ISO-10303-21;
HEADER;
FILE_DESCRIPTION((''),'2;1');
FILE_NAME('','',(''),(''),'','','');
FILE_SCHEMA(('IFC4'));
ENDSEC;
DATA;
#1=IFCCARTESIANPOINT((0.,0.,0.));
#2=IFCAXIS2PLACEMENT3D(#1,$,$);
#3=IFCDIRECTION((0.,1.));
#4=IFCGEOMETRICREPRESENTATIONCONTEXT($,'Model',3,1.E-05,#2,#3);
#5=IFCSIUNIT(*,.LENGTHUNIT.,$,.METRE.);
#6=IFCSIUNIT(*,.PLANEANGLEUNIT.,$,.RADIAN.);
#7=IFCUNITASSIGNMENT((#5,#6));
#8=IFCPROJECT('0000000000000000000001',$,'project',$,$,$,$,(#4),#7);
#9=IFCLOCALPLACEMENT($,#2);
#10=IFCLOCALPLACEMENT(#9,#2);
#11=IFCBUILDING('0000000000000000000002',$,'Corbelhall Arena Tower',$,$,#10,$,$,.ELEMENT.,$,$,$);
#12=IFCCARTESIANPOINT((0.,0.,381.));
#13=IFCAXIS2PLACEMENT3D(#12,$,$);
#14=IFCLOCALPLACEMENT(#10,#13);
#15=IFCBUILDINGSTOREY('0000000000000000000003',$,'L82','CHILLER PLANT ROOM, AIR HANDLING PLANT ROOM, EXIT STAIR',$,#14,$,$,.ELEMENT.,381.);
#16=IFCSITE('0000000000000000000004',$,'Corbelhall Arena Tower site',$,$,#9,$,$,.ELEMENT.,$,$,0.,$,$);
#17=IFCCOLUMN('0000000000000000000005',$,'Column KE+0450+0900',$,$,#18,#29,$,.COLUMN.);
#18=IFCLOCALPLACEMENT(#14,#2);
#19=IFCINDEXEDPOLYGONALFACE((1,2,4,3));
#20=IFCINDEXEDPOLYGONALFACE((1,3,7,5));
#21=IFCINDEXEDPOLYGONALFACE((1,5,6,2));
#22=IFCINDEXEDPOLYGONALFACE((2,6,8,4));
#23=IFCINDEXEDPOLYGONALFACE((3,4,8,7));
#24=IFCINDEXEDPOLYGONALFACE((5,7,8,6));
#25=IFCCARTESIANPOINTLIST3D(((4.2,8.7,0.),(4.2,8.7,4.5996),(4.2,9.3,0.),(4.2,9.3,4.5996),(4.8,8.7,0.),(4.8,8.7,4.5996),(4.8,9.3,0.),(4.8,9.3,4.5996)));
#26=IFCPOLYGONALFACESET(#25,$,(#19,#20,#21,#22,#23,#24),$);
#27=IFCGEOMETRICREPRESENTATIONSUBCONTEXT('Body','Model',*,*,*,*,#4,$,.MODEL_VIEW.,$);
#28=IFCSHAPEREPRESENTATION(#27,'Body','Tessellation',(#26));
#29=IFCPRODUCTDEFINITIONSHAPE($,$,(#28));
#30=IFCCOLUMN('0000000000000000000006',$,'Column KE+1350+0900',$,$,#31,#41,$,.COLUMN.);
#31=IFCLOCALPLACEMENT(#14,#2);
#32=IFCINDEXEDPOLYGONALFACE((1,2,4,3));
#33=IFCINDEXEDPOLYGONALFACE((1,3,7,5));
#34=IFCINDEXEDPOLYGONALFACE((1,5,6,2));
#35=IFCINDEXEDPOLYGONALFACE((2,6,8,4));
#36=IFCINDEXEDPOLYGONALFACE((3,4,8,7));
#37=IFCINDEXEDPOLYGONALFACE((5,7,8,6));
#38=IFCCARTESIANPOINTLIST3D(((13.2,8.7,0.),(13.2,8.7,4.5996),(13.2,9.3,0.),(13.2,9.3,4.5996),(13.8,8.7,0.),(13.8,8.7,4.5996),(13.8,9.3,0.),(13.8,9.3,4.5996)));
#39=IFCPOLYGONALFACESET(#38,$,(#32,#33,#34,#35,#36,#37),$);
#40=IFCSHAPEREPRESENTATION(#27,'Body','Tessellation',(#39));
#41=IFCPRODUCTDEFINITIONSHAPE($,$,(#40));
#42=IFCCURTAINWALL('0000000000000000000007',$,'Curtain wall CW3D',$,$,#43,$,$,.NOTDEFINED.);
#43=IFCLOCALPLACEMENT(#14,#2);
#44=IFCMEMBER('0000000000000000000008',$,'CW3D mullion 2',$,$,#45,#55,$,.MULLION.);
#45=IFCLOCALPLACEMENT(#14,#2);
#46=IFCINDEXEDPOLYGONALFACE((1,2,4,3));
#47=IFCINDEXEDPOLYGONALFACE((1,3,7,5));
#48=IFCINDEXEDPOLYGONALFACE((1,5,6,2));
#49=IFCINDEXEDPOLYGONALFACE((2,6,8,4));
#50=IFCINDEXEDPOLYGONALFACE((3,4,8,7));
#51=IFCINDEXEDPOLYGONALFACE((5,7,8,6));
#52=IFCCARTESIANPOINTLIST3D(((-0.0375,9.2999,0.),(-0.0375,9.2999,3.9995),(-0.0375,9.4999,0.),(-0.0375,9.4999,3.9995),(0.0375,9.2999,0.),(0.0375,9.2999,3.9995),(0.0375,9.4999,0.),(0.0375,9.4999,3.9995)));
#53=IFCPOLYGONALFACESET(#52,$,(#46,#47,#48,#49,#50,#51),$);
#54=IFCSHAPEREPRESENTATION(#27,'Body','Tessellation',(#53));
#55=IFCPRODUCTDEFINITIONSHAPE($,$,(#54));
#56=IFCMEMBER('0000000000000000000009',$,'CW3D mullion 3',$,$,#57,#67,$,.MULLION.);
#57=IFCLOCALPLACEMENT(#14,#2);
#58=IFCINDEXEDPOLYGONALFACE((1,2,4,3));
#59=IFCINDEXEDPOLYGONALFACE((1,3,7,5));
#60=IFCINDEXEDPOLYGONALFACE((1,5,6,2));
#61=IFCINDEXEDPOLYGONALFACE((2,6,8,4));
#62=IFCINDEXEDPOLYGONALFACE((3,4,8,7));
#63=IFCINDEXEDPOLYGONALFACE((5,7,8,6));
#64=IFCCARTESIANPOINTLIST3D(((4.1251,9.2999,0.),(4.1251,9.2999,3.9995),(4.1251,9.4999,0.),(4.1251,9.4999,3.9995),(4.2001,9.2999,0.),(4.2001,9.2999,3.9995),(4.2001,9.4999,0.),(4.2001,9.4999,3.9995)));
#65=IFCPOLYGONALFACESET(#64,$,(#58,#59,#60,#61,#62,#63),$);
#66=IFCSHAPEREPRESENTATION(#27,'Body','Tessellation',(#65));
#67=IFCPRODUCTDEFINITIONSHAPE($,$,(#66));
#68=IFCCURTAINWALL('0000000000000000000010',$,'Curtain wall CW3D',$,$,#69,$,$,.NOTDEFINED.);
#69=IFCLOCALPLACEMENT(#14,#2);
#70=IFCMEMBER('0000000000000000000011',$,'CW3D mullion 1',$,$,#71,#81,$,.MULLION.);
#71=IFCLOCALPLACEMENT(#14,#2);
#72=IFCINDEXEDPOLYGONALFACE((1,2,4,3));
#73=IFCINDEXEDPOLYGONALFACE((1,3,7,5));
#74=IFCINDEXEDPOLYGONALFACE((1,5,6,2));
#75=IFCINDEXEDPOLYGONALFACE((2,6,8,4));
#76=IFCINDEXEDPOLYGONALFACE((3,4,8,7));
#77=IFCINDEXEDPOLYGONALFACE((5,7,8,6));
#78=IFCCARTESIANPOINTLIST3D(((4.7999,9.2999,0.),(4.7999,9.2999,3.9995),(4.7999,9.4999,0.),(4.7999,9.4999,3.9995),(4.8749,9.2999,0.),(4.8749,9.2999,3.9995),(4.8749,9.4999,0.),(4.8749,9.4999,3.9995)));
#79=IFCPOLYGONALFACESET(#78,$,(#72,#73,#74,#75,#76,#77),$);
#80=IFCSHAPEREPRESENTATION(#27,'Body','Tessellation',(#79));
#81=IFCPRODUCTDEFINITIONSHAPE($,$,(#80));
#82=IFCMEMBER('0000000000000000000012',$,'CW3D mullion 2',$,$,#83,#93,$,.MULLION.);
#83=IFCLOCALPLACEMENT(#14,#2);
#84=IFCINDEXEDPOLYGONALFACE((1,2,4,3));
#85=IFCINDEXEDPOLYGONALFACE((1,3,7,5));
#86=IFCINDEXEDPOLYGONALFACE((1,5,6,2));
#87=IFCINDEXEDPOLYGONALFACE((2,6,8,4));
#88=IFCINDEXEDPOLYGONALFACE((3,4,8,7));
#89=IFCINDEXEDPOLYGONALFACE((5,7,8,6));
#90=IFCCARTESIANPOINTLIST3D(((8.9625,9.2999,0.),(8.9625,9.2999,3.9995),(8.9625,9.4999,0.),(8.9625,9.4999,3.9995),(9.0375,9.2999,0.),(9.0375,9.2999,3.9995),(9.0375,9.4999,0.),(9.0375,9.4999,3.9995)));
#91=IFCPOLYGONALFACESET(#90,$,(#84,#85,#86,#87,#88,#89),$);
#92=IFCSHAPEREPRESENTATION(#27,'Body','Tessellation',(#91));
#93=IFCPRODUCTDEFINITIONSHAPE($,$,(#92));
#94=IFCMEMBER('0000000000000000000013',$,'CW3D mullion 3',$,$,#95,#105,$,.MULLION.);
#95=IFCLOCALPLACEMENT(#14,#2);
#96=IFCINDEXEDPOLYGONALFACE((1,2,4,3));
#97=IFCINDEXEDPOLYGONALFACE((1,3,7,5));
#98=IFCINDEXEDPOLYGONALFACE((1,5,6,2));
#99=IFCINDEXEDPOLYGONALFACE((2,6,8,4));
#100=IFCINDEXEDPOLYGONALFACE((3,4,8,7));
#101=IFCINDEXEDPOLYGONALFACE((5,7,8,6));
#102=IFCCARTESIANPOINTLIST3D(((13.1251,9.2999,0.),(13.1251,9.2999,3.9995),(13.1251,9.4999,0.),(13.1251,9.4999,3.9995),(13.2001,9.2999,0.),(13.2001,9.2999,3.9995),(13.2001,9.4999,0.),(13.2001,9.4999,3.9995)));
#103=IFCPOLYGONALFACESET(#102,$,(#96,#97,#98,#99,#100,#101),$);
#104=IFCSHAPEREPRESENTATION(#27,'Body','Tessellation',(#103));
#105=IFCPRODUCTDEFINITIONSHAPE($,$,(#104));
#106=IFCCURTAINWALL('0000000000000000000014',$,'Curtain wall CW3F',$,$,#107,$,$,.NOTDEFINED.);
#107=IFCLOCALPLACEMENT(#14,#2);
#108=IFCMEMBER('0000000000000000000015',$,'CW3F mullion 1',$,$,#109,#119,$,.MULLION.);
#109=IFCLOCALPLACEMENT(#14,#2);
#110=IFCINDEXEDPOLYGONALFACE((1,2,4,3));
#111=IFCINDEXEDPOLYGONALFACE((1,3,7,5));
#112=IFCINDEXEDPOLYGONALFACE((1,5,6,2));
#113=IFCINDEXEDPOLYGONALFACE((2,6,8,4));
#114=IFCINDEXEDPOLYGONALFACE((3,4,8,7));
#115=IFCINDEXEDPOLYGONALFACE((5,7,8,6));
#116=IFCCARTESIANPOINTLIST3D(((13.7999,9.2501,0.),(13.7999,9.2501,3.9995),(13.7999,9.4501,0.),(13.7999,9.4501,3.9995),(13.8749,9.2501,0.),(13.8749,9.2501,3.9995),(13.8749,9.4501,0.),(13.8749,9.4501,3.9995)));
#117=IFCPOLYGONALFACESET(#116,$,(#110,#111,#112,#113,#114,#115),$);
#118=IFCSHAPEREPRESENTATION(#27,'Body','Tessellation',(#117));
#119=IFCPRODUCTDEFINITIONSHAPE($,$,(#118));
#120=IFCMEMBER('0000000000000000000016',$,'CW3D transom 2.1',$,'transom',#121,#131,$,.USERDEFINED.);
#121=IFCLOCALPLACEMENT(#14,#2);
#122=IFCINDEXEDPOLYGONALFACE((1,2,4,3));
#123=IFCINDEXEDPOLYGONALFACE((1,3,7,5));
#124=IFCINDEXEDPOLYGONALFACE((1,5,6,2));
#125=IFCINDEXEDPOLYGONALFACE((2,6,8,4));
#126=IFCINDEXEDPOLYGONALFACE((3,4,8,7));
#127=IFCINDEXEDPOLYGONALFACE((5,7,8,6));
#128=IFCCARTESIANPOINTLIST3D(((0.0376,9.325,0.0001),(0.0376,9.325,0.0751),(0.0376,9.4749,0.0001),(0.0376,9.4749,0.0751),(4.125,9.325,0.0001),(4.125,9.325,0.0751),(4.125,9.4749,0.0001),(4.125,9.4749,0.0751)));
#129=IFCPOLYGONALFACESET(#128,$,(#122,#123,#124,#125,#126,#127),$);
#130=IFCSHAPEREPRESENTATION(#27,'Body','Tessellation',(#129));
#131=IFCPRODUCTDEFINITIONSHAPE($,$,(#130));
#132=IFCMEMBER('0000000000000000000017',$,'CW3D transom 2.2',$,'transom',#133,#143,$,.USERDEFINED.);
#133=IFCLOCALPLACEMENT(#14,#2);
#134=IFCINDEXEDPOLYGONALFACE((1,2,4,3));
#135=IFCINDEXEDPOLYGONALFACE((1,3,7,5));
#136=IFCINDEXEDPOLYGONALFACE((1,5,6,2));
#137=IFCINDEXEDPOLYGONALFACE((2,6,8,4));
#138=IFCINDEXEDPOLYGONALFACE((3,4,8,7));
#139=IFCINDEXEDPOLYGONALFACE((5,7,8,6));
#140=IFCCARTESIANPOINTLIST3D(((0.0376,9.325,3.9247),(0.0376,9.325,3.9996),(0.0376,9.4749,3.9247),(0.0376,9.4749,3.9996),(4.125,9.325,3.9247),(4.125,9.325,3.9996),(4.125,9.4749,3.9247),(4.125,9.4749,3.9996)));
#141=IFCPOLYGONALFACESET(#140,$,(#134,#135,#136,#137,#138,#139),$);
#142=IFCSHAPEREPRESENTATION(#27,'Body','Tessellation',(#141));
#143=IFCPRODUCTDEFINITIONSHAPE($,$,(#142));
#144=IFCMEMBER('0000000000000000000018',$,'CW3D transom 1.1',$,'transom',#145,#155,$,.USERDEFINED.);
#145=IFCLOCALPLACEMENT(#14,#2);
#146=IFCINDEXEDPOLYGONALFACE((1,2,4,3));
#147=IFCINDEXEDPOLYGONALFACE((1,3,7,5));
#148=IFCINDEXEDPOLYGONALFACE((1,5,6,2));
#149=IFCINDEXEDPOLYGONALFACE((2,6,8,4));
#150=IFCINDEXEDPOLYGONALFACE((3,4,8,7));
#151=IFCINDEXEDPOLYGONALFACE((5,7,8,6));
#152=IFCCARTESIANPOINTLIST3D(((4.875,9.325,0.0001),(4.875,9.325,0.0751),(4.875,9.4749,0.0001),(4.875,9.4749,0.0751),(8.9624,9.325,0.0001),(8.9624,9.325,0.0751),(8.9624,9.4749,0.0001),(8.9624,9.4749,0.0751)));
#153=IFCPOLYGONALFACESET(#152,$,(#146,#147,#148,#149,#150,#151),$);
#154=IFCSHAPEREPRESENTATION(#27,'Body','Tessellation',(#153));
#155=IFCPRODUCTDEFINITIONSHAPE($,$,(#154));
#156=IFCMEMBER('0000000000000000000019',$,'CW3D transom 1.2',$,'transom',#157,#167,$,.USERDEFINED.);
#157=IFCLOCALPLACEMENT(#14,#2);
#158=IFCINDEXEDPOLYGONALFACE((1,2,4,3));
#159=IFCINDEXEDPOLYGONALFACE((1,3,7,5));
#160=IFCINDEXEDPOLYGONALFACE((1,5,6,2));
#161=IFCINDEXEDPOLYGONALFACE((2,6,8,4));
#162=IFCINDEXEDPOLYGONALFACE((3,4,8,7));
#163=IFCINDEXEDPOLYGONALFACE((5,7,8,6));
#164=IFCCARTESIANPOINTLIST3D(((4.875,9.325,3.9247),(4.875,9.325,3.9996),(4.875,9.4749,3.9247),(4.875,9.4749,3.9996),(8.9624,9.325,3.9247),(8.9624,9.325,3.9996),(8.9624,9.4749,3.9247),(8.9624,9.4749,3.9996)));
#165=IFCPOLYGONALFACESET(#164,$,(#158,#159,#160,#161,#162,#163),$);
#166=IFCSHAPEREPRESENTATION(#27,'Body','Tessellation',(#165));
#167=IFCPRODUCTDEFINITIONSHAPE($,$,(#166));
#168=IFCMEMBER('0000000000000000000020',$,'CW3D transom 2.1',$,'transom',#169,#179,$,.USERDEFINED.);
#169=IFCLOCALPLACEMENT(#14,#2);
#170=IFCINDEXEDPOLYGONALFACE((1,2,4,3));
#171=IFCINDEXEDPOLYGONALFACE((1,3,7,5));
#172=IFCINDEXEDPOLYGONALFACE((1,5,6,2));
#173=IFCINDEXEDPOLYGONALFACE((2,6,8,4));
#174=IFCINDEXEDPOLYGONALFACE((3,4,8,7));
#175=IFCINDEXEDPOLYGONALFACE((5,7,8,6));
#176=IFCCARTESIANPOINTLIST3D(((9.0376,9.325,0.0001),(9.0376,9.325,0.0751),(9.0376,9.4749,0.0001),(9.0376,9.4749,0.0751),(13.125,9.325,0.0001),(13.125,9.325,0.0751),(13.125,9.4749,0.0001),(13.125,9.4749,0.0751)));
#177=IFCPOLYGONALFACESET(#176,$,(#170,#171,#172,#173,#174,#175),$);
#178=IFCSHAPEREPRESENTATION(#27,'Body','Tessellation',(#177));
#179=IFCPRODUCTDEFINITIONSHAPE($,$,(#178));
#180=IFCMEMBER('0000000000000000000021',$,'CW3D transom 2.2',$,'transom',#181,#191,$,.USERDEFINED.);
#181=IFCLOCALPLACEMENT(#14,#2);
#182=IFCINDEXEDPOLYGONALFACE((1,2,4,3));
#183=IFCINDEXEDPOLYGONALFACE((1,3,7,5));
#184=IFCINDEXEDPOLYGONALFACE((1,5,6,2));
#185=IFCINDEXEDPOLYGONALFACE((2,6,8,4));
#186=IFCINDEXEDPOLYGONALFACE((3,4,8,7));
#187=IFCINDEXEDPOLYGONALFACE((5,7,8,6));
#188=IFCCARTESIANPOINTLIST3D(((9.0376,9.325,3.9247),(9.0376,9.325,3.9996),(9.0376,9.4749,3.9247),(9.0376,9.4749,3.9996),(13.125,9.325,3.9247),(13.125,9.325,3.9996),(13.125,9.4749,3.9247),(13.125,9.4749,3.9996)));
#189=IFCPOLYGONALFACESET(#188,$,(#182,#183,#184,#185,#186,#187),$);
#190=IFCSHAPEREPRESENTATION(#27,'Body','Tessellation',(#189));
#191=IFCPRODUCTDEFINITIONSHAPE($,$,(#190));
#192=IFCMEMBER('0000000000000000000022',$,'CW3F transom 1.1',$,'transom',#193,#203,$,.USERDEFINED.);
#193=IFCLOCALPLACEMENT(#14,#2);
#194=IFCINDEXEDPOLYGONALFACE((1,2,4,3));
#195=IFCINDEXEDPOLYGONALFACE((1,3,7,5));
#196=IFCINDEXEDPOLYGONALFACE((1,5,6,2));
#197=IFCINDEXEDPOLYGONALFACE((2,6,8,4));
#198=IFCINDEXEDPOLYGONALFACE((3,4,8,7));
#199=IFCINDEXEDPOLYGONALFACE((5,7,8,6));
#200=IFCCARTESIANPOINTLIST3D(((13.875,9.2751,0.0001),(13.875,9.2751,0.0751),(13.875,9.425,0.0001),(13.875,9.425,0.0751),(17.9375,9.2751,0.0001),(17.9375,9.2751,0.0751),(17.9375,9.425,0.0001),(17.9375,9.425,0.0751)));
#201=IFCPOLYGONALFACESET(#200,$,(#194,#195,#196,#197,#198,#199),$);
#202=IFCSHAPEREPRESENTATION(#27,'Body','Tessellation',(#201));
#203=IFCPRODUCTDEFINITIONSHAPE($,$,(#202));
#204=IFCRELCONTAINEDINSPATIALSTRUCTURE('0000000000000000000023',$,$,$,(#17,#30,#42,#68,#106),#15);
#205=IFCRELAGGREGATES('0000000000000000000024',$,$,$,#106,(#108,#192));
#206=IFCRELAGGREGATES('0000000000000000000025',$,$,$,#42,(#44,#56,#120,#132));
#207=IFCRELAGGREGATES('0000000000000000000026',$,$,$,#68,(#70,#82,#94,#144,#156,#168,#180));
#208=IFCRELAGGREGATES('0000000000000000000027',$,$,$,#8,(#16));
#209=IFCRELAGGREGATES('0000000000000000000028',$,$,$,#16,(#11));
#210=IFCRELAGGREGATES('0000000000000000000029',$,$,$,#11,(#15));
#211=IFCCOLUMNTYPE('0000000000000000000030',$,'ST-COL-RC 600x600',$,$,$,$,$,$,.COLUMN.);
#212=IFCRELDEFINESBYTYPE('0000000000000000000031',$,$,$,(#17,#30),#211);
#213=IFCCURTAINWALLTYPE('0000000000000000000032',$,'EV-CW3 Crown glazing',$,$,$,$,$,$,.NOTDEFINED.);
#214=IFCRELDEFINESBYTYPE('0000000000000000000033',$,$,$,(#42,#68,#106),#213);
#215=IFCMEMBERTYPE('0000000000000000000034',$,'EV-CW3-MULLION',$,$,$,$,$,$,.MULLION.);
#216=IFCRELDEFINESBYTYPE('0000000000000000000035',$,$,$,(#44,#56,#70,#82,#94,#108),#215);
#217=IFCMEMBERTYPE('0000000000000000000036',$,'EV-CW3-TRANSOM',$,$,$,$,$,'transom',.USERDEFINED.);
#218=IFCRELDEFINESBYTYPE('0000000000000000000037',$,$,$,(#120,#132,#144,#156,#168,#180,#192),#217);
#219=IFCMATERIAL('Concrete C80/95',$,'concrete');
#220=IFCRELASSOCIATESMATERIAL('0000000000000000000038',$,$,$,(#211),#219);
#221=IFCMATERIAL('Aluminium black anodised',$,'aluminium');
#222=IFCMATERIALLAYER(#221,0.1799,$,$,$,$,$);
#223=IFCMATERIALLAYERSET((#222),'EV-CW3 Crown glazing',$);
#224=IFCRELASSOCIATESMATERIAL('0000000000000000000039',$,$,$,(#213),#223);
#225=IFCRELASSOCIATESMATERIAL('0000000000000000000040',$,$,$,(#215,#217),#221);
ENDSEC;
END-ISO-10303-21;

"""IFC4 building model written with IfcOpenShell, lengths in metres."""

from ifc_helpers import new_model, si_unit, direction, frame, origin, origin_2d, place, context, subcontext, project, spatial, rectangle, extrude, material, layer, layer_set, material_profile, profile_set, type_object, element, aggregate, save


model = new_model("IFC4")

# Units and contexts
model_context = context("Model", 3, precision=1e-05, world=origin(), true_north=direction((0.0, 1.0)))
body_context = subcontext(model_context, "Body", "Model", "MODEL_VIEW")
ifc_project = project(units=[si_unit("LENGTHUNIT", "METRE"), si_unit("PLANEANGLEUNIT", "RADIAN")], contexts=[model_context])

# Site, building, storey
site_placement = place(None, origin())
site = spatial("IfcSite", under=ifc_project, at=site_placement, Name="Corbelhall Arena Tower site", CompositionType="ELEMENT", RefElevation=0.0)
building_placement = place(site_placement, origin())
building = spatial("IfcBuilding", under=site, at=building_placement, Name="Corbelhall Arena Tower", CompositionType="ELEMENT")
storey_placement = place(building_placement, frame((0.0, 0.0, 381.0)))
storey = spatial("IfcBuildingStorey", under=building, at=storey_placement, Name="L82", Description="CHILLER PLANT ROOM, AIR HANDLING PLANT ROOM, EXIT STAIR", CompositionType="ELEMENT", Elevation=381.0)

# Columns
ifc_material_1 = material(Name="Concrete C80/95", Category="concrete")
ifc_material_profile_1 = material_profile(ifc_material_1, rectangle(XDim=0.6001, YDim=0.6001, at=origin_2d()))
ifc_profile_set_1 = profile_set([ifc_material_profile_1], Name="Concrete C80/95")
column_type = type_object("IfcColumnType", Name="ST-COL-RC 600x600", PredefinedType="COLUMN", material=ifc_profile_set_1)
for number, where, z_axis, x_axis, name in (
    (1, (4.5, 9.0, 0.0), (0.0, 0.0, 1.0), (1.0, 0.0, 0.0), "Column KE+0450+0900"),
    (2, (13.5, 9.0, 0.0), (0.0, 0.0, 1.0), (1.0, 0.0, 0.0), "Column KE+1350+0900"),
):
    element("IfcColumn", number, at=place(storey_placement, frame(where, z_axis=z_axis, x_axis=x_axis)), inside=storey, type_object=column_type, Name=name, PredefinedType="COLUMN", context=body_context, shape_type="SweptSolid", body=[
        extrude(rectangle(XDim=0.6001, YDim=0.6001, at=origin_2d()), origin(), (0.0, 0.0, 1.0), 4.5996),
    ])

# Curtain walls, members
ifc_material_2 = material(Name="Aluminium black anodised", Category="aluminium")
ifc_layer_1 = layer(ifc_material_2, 0.1799)
ifc_layer_set_1 = layer_set([ifc_layer_1], Name="EV-CW3 Crown glazing")
curtain_wall_type = type_object("IfcCurtainWallType", Name="EV-CW3 Crown glazing", PredefinedType="NOTDEFINED", material=ifc_layer_set_1)
curtain_wall_1_placement = place(storey_placement, origin())
curtain_wall_1 = element("IfcCurtainWall", 3, at=curtain_wall_1_placement, inside=storey, type_object=curtain_wall_type, Name="Curtain wall CW3D", PredefinedType="NOTDEFINED")
ifc_material_profile_2 = material_profile(ifc_material_2, rectangle(XDim=0.2, YDim=0.075, at=origin_2d()))
ifc_profile_set_2 = profile_set([ifc_material_profile_2], Name="Aluminium black anodised")
member_type_1 = type_object("IfcMemberType", Name="EV-CW3-MULLION", PredefinedType="MULLION", material=ifc_profile_set_2)
member_1_placement = place(storey_placement, frame((0.0, 9.3999, 0.0), z_axis=(0.0, 0.0, 1.0), x_axis=(0.0, 1.0, 0.0)))
member_1 = element("IfcMember", 4, at=member_1_placement, type_object=member_type_1, Name="CW3D mullion 2", PredefinedType="MULLION", context=body_context, shape_type="SweptSolid", body=[
    extrude(rectangle(XDim=0.2, YDim=0.075, at=origin_2d()), origin(), (0.0, 0.0, 1.0), 3.9995),
])
member_2_placement = place(storey_placement, frame((4.1626, 9.3999, 0.0), z_axis=(0.0, 0.0, 1.0), x_axis=(0.0, 1.0, 0.0)))
member_2 = element("IfcMember", 5, at=member_2_placement, type_object=member_type_1, Name="CW3D mullion 3", PredefinedType="MULLION", context=body_context, shape_type="SweptSolid", body=[
    extrude(rectangle(XDim=0.2, YDim=0.075, at=origin_2d()), origin(), (0.0, 0.0, 1.0), 3.9995),
])
curtain_wall_2_placement = place(storey_placement, origin())
curtain_wall_2 = element("IfcCurtainWall", 6, at=curtain_wall_2_placement, inside=storey, type_object=curtain_wall_type, Name="Curtain wall CW3D", PredefinedType="NOTDEFINED")
member_3_placement = place(storey_placement, frame((4.8374, 9.3999, 0.0), z_axis=(0.0, 0.0, 1.0), x_axis=(0.0, 1.0, 0.0)))
member_3 = element("IfcMember", 7, at=member_3_placement, type_object=member_type_1, Name="CW3D mullion 1", PredefinedType="MULLION", context=body_context, shape_type="SweptSolid", body=[
    extrude(rectangle(XDim=0.2, YDim=0.075, at=origin_2d()), origin(), (0.0, 0.0, 1.0), 3.9995),
])
member_4_placement = place(storey_placement, frame((9.0, 9.3999, 0.0), z_axis=(0.0, 0.0, 1.0), x_axis=(0.0, 1.0, 0.0)))
member_4 = element("IfcMember", 8, at=member_4_placement, type_object=member_type_1, Name="CW3D mullion 2", PredefinedType="MULLION", context=body_context, shape_type="SweptSolid", body=[
    extrude(rectangle(XDim=0.2, YDim=0.075, at=origin_2d()), origin(), (0.0, 0.0, 1.0), 3.9995),
])
member_5_placement = place(storey_placement, frame((13.1626, 9.3999, 0.0), z_axis=(0.0, 0.0, 1.0), x_axis=(0.0, 1.0, 0.0)))
member_5 = element("IfcMember", 9, at=member_5_placement, type_object=member_type_1, Name="CW3D mullion 3", PredefinedType="MULLION", context=body_context, shape_type="SweptSolid", body=[
    extrude(rectangle(XDim=0.2, YDim=0.075, at=origin_2d()), origin(), (0.0, 0.0, 1.0), 3.9995),
])

# Curtain wall, member
curtain_wall_3_placement = place(storey_placement, origin())
curtain_wall_3 = element("IfcCurtainWall", 10, at=curtain_wall_3_placement, inside=storey, type_object=curtain_wall_type, Name="Curtain wall CW3F", PredefinedType="NOTDEFINED")
member_6_placement = place(storey_placement, frame((13.8374, 9.3501, 0.0), z_axis=(0.0, 0.0, 1.0), x_axis=(0.0, 1.0, 0.0)))
member_6 = element("IfcMember", 11, at=member_6_placement, type_object=member_type_1, Name="CW3F mullion 1", PredefinedType="MULLION", context=body_context, shape_type="SweptSolid", body=[
    extrude(rectangle(XDim=0.2, YDim=0.075, at=origin_2d()), origin(), (0.0, 0.0, 1.0), 3.9995),
])

# Members
ifc_material_profile_3 = material_profile(ifc_material_2, rectangle(XDim=0.1499, YDim=0.075, at=origin_2d()))
ifc_profile_set_3 = profile_set([ifc_material_profile_3], Name="Aluminium black anodised")
member_type_2 = type_object("IfcMemberType", Name="EV-CW3-TRANSOM", ElementType="transom", PredefinedType="USERDEFINED", material=ifc_profile_set_3)
member_7_placement = place(storey_placement, frame((0.0376, 9.3999, 0.0376), z_axis=(1.0, 0.0, 0.0), x_axis=(0.0, 1.0, 0.0)))
member_7 = element("IfcMember", 12, at=member_7_placement, type_object=member_type_2, Name="CW3D transom 2.1", ObjectType="transom", PredefinedType="USERDEFINED", context=body_context, shape_type="SweptSolid", body=[
    extrude(rectangle(XDim=0.1499, YDim=0.075, at=origin_2d()), origin(), (0.0, 0.0, 1.0), 4.0874),
])
member_8_placement = place(storey_placement, frame((0.0376, 9.3999, 3.9622), z_axis=(1.0, 0.0, 0.0), x_axis=(0.0, 1.0, 0.0)))
member_8 = element("IfcMember", 13, at=member_8_placement, type_object=member_type_2, Name="CW3D transom 2.2", ObjectType="transom", PredefinedType="USERDEFINED", context=body_context, shape_type="SweptSolid", body=[
    extrude(rectangle(XDim=0.1499, YDim=0.075, at=origin_2d()), origin(), (0.0, 0.0, 1.0), 4.0874),
])
member_9_placement = place(storey_placement, frame((4.875, 9.3999, 0.0376), z_axis=(1.0, 0.0, 0.0), x_axis=(0.0, 1.0, 0.0)))
member_9 = element("IfcMember", 14, at=member_9_placement, type_object=member_type_2, Name="CW3D transom 1.1", ObjectType="transom", PredefinedType="USERDEFINED", context=body_context, shape_type="SweptSolid", body=[
    extrude(rectangle(XDim=0.1499, YDim=0.075, at=origin_2d()), origin(), (0.0, 0.0, 1.0), 4.0874),
])
member_10_placement = place(storey_placement, frame((4.875, 9.3999, 3.9622), z_axis=(1.0, 0.0, 0.0), x_axis=(0.0, 1.0, 0.0)))
member_10 = element("IfcMember", 15, at=member_10_placement, type_object=member_type_2, Name="CW3D transom 1.2", ObjectType="transom", PredefinedType="USERDEFINED", context=body_context, shape_type="SweptSolid", body=[
    extrude(rectangle(XDim=0.1499, YDim=0.075, at=origin_2d()), origin(), (0.0, 0.0, 1.0), 4.0874),
])
member_11_placement = place(storey_placement, frame((9.0376, 9.3999, 0.0376), z_axis=(1.0, 0.0, 0.0), x_axis=(0.0, 1.0, 0.0)))
member_11 = element("IfcMember", 16, at=member_11_placement, type_object=member_type_2, Name="CW3D transom 2.1", ObjectType="transom", PredefinedType="USERDEFINED", context=body_context, shape_type="SweptSolid", body=[
    extrude(rectangle(XDim=0.1499, YDim=0.075, at=origin_2d()), origin(), (0.0, 0.0, 1.0), 4.0874),
])
member_12_placement = place(storey_placement, frame((9.0376, 9.3999, 3.9622), z_axis=(1.0, 0.0, 0.0), x_axis=(0.0, 1.0, 0.0)))
member_12 = element("IfcMember", 17, at=member_12_placement, type_object=member_type_2, Name="CW3D transom 2.2", ObjectType="transom", PredefinedType="USERDEFINED", context=body_context, shape_type="SweptSolid", body=[
    extrude(rectangle(XDim=0.1499, YDim=0.075, at=origin_2d()), origin(), (0.0, 0.0, 1.0), 4.0874),
])
member_13_placement = place(storey_placement, frame((13.875, 9.3501, 0.0376), z_axis=(1.0, 0.0, 0.0), x_axis=(0.0, 1.0, 0.0)))
member_13 = element("IfcMember", 18, at=member_13_placement, type_object=member_type_2, Name="CW3F transom 1.1", ObjectType="transom", PredefinedType="USERDEFINED", context=body_context, shape_type="SweptSolid", body=[
    extrude(rectangle(XDim=0.1499, YDim=0.075, at=origin_2d()), origin(), (0.0, 0.0, 1.0), 4.0625),
])
aggregate(curtain_wall_3, [member_6, member_13])

aggregate(curtain_wall_1, [member_1, member_2, member_7, member_8])
aggregate(curtain_wall_2, [member_3, member_4, member_5, member_9, member_10, member_11, member_12])

save(model, "model.ifc")
